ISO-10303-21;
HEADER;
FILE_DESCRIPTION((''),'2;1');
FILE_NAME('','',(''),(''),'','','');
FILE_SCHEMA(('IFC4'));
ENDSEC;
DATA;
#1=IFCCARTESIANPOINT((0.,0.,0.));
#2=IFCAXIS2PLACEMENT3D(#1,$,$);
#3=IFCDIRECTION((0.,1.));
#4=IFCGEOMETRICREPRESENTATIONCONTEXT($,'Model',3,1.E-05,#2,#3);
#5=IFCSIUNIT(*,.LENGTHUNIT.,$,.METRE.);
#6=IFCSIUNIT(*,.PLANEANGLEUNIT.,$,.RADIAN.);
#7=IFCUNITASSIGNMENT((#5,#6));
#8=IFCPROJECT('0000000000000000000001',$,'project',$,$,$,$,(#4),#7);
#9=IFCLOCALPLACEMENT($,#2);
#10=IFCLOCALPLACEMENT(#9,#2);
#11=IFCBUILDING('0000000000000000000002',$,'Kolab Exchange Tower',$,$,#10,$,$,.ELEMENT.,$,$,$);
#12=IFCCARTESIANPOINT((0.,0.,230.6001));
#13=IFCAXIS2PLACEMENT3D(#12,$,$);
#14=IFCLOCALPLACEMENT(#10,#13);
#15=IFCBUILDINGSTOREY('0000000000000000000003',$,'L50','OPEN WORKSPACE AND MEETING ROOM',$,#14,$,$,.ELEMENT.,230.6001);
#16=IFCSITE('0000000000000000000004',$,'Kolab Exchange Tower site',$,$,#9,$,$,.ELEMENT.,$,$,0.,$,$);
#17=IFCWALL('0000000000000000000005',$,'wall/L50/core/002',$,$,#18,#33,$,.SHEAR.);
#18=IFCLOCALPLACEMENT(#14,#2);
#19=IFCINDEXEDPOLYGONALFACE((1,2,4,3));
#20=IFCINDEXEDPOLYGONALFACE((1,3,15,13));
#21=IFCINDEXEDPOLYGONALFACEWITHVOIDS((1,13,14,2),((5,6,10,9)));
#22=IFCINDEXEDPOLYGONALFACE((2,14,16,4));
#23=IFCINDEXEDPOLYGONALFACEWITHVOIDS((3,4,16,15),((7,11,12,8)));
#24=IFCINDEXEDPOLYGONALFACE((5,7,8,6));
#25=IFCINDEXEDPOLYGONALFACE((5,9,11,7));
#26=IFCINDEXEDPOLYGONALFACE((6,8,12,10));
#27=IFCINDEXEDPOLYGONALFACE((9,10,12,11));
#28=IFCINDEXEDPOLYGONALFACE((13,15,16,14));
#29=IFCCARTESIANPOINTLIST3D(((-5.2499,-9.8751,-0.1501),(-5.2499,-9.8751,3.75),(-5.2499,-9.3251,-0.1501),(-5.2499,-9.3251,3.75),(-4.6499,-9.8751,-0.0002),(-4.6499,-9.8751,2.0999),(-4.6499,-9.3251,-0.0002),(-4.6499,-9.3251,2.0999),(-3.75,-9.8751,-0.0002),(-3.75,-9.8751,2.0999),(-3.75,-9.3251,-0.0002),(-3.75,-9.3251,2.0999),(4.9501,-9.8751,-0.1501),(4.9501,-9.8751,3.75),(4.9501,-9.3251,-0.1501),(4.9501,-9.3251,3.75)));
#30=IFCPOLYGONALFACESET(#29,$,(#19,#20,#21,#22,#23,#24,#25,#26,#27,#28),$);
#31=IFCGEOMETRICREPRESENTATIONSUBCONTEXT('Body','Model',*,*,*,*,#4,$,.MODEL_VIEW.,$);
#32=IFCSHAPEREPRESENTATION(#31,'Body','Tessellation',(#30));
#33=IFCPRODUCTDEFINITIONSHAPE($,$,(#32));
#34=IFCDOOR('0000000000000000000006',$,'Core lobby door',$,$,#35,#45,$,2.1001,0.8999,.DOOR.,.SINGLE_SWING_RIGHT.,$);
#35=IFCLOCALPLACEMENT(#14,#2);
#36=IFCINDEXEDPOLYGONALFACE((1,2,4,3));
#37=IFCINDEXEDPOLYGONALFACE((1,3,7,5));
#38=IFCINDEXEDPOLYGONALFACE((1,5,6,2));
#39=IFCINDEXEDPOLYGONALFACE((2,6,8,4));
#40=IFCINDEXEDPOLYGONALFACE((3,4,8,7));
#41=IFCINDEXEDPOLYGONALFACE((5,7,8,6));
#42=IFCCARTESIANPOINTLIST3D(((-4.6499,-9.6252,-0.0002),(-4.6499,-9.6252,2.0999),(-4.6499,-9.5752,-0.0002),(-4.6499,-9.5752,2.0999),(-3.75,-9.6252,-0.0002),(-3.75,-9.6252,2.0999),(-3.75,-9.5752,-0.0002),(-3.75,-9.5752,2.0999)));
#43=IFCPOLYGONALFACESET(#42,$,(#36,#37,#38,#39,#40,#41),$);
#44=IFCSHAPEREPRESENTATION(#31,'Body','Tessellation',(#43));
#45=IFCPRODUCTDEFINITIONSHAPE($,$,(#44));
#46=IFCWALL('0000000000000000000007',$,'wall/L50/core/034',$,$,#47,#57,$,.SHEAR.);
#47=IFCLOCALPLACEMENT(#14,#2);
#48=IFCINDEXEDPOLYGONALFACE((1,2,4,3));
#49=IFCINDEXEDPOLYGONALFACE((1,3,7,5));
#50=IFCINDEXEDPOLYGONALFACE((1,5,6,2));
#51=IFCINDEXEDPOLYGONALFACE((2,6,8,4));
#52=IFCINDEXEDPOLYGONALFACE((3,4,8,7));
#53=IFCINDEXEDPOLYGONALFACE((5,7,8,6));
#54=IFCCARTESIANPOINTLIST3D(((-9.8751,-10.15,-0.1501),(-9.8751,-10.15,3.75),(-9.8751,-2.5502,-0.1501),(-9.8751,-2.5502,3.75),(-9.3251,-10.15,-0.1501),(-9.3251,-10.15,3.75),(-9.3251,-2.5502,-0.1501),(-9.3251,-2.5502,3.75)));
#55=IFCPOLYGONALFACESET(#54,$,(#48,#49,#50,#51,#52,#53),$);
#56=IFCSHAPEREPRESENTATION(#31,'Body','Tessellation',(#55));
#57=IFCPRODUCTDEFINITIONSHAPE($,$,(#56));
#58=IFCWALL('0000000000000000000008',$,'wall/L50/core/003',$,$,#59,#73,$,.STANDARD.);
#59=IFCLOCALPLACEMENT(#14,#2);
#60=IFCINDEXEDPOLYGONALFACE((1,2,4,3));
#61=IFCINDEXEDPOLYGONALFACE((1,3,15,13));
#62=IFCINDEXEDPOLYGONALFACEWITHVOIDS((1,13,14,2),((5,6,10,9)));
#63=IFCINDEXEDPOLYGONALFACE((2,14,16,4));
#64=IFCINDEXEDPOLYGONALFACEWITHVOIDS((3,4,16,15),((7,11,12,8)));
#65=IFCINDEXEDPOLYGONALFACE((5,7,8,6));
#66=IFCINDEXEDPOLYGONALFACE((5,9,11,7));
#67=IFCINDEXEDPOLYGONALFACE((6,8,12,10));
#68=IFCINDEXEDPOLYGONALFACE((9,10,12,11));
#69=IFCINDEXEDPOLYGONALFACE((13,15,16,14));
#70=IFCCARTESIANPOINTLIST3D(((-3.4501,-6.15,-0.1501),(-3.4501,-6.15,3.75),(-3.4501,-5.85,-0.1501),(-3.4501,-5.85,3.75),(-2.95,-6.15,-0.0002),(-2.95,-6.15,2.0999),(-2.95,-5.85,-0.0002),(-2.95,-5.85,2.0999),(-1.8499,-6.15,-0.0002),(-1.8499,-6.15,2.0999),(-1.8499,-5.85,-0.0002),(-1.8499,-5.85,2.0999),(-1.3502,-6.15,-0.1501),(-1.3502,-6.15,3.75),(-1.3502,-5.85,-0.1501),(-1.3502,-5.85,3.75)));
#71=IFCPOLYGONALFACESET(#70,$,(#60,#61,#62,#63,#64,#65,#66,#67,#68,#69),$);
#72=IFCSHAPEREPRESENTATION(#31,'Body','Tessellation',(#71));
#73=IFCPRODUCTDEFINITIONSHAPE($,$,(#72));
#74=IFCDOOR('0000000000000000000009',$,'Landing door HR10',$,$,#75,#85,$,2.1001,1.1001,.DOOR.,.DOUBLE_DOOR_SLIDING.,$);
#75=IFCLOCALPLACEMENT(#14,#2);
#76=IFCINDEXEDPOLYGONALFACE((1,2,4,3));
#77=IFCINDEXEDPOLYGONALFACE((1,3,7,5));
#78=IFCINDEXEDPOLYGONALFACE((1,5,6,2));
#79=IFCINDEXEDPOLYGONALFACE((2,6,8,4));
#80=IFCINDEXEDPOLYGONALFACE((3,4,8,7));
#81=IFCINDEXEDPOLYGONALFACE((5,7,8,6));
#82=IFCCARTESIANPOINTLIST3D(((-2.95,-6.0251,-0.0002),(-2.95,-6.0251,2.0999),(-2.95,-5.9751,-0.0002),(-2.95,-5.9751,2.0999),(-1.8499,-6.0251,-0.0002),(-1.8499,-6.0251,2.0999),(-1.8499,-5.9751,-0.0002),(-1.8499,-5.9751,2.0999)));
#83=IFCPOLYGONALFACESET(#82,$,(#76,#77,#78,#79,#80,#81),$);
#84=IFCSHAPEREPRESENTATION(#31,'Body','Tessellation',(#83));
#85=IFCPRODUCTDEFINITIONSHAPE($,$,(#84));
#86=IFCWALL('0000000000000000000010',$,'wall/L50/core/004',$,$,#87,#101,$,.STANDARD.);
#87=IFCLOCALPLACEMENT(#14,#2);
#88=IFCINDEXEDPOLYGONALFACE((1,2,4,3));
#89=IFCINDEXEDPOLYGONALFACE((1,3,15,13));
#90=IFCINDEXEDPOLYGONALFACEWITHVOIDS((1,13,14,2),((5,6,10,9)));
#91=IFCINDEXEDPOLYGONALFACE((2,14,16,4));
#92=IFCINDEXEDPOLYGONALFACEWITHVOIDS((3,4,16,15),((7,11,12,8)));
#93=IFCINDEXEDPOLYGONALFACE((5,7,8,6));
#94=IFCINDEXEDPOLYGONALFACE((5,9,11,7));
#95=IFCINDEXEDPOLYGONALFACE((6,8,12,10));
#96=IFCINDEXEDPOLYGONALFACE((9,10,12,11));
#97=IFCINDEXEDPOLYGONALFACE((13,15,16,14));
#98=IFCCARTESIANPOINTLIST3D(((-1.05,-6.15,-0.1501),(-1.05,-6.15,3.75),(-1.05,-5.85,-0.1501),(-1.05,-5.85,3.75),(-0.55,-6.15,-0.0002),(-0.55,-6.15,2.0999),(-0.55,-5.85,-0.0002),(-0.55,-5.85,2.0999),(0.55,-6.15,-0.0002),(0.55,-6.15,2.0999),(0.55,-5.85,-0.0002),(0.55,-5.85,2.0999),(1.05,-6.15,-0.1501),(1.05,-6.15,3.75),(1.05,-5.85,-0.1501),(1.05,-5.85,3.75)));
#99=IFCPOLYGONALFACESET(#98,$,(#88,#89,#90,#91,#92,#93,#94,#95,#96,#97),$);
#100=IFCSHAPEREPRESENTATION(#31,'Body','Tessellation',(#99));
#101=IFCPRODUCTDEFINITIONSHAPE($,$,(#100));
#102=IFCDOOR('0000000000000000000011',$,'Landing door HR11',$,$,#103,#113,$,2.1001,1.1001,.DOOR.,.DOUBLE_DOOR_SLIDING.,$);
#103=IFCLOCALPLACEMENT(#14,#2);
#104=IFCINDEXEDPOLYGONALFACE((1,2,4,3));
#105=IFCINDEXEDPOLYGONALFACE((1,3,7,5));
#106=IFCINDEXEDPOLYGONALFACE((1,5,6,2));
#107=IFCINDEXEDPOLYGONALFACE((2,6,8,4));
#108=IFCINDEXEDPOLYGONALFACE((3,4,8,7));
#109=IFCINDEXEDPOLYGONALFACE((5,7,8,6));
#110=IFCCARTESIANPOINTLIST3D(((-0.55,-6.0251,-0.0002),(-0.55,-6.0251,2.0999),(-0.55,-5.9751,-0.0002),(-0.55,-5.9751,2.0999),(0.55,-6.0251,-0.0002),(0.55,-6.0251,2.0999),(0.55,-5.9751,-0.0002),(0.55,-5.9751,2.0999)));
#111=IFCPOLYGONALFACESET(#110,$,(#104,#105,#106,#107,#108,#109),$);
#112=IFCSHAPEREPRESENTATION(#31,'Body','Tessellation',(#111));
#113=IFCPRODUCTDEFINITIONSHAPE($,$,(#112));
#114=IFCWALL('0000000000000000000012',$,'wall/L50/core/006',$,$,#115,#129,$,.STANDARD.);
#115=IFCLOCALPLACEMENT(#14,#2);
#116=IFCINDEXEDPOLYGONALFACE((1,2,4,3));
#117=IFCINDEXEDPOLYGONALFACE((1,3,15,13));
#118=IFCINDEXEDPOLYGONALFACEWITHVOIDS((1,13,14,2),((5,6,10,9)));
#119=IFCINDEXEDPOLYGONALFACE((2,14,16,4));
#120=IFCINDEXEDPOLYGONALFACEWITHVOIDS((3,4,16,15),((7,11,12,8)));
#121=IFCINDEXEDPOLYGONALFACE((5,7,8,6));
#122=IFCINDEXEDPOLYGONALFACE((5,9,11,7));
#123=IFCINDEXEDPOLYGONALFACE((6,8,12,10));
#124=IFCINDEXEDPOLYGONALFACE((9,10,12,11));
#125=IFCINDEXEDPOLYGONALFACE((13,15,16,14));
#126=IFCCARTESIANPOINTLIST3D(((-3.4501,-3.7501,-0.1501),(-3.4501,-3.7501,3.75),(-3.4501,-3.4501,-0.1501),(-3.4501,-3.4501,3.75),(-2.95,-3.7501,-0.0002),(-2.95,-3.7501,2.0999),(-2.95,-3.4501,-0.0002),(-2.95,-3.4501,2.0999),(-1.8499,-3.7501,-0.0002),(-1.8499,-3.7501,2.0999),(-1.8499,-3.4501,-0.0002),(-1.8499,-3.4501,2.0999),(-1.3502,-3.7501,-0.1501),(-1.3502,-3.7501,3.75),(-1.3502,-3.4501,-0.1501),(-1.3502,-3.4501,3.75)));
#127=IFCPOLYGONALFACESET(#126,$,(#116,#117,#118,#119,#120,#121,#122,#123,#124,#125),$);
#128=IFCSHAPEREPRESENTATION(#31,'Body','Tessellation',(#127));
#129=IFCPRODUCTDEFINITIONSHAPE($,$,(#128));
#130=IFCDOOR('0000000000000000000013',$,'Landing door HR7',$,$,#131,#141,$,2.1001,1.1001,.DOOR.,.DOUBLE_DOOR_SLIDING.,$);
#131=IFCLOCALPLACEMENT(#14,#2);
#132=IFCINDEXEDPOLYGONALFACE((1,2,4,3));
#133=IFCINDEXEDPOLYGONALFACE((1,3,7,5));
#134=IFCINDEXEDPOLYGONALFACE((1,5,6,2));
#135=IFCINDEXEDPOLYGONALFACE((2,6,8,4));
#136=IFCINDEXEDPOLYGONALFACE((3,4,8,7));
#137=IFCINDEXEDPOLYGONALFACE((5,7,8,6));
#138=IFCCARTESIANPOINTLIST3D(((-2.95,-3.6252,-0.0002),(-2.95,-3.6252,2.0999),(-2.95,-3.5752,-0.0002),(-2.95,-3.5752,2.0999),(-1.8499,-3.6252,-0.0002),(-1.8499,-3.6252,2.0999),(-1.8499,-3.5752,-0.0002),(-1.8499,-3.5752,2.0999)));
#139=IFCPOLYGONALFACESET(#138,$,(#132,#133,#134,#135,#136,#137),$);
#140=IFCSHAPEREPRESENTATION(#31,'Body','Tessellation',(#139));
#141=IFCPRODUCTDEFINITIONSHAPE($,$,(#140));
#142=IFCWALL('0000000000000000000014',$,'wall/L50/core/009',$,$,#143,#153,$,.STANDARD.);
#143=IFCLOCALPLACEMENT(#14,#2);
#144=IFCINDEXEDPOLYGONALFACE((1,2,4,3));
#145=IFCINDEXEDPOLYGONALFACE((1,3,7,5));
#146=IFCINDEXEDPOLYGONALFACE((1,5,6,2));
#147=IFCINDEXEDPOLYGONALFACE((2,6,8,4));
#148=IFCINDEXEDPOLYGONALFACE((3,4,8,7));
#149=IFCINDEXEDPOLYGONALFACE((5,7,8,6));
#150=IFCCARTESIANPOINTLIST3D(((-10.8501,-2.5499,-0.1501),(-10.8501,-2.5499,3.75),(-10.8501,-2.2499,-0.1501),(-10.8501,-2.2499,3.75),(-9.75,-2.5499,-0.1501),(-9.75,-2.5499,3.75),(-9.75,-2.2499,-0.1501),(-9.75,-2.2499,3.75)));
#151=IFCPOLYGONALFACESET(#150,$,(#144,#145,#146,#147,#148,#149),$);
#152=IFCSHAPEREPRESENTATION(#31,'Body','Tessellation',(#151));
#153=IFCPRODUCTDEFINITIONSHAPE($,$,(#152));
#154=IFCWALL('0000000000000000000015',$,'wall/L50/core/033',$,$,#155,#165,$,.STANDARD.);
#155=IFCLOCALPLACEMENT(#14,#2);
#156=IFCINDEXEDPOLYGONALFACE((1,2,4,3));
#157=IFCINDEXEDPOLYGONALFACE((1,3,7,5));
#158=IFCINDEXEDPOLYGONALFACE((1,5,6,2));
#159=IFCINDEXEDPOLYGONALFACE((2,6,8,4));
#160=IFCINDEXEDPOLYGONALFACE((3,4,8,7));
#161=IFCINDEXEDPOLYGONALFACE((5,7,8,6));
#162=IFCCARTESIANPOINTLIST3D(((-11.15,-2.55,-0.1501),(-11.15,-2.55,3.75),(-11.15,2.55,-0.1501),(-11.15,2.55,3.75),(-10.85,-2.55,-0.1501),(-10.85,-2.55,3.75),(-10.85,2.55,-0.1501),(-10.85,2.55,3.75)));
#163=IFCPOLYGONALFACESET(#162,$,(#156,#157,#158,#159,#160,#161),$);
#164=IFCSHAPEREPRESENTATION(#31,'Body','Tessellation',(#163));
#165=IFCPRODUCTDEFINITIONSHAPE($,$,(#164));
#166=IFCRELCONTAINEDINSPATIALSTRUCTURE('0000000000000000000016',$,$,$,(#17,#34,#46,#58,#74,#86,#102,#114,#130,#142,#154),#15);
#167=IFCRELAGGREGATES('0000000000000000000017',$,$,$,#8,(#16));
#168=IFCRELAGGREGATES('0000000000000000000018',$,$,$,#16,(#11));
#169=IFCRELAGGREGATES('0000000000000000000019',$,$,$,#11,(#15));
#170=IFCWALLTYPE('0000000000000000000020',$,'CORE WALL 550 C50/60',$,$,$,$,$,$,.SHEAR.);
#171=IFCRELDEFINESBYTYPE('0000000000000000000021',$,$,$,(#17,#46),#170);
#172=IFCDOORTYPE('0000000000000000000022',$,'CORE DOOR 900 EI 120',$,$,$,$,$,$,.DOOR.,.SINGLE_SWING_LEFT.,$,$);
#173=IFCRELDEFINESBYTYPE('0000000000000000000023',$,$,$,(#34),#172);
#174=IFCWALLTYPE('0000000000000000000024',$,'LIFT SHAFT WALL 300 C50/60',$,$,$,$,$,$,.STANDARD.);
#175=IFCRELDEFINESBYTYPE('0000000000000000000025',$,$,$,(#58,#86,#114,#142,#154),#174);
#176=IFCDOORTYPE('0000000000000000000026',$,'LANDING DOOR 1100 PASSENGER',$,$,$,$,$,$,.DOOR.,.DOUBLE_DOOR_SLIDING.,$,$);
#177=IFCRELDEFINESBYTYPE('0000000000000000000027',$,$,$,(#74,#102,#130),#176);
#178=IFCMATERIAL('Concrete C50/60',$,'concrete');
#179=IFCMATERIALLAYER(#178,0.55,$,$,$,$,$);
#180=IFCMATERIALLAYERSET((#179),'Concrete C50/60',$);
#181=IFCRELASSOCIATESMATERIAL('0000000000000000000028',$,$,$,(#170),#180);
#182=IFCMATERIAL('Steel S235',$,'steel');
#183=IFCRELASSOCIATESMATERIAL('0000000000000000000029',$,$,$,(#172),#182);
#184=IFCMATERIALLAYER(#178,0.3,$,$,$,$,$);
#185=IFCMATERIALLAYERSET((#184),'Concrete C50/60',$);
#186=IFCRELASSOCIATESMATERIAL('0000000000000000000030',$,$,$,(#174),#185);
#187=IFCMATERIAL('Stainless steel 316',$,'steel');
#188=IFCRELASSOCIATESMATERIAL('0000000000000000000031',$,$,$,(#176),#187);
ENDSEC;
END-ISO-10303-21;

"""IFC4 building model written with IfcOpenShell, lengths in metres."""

from ifc_helpers import new_model, si_unit, direction, frame, frame_2d, origin, place, context, subcontext, project, spatial, rectangle, extrude, material, layer, layer_set, type_object, element, fill, save


model = new_model("IFC4")

# Units and contexts
model_context = context("Model", 3, precision=1e-05, world=origin(), true_north=direction((0.0, 1.0)))
body_context = subcontext(model_context, "Body", "Model", "MODEL_VIEW")
ifc_project = project(units=[si_unit("LENGTHUNIT", "METRE"), si_unit("PLANEANGLEUNIT", "RADIAN")], contexts=[model_context])

# Site, building, storey
site_placement = place(None, origin())
site = spatial("IfcSite", under=ifc_project, at=site_placement, Name="Kolab Exchange Tower site", CompositionType="ELEMENT", RefElevation=0.0)
building_placement = place(site_placement, origin())
building = spatial("IfcBuilding", under=site, at=building_placement, Name="Kolab Exchange Tower", CompositionType="ELEMENT")
storey_placement = place(building_placement, frame((0.0, 0.0, 230.6001)))
storey = spatial("IfcBuildingStorey", under=building, at=storey_placement, Name="L50", Description="OPEN WORKSPACE AND MEETING ROOM", CompositionType="ELEMENT", Elevation=230.6001)

# Wall, opening, door
ifc_material_1 = material(Name="Concrete C50/60", Category="concrete")
ifc_layer_1 = layer(ifc_material_1, 0.55)
ifc_layer_set_1 = layer_set([ifc_layer_1], Name="Concrete C50/60")
wall_type_1 = type_object("IfcWallType", Name="CORE WALL 550 C50/60", PredefinedType="SHEAR", material=ifc_layer_set_1)
wall_1_placement = place(storey_placement, frame((-5.25, -9.6001, -0.1501), z_axis=(0.0, 0.0, 1.0), x_axis=(1.0, 0.0, 0.0)))
wall_1 = element("IfcWall", 1, at=wall_1_placement, inside=storey, type_object=wall_type_1, Name="wall/L50/core/002", PredefinedType="SHEAR", context=body_context, shape_type="SweptSolid", body=[
    extrude(rectangle(XDim=10.2, YDim=0.55, at=frame_2d((5.1001, 0.0))), origin(), (0.0, 0.0, 1.0), 3.9001),
])
opening_1_placement = place(wall_1_placement, frame((0.6001, 0.0, 0.1499)))
opening_1 = element("IfcOpeningElement", 2, at=opening_1_placement, cuts=wall_1, PredefinedType="OPENING", context=body_context, shape_type="SweptSolid", body=[
    extrude(rectangle(XDim=0.8999, YDim=2.1001, at=frame_2d((0.45, 1.05))), frame((0.0, 0.2852, 0.0), z_axis=(0.0, -1.0, 0.0), x_axis=(1.0, 0.0, 0.0)), (0.0, 0.0, 1.0), 0.5701),
])
ifc_material_2 = material(Name="Steel S235", Category="steel")
door_type_1 = type_object("IfcDoorType", Name="CORE DOOR 900 EI 120", OperationType="SINGLE_SWING_LEFT", PredefinedType="DOOR", material=ifc_material_2)
door_1_placement = place(opening_1_placement, origin())
door_1 = element("IfcDoor", 3, at=door_1_placement, inside=storey, type_object=door_type_1, Name="Core lobby door", OperationType="SINGLE_SWING_RIGHT", OverallHeight=2.1001, OverallWidth=0.8999, PredefinedType="DOOR", context=body_context, shape_type="SweptSolid", body=[
    extrude(rectangle(XDim=0.8999, YDim=2.1001, at=frame_2d((0.45, 1.05))), frame((0.0, 0.0249, 0.0), z_axis=(0.0, -1.0, 0.0), x_axis=(1.0, 0.0, 0.0)), (0.0, 0.0, 1.0), 0.05),
])
fill(opening_1, door_1)

# Wall
wall_2_placement = place(storey_placement, frame((-9.6001, -10.1499, -0.1501), z_axis=(0.0, 0.0, 1.0), x_axis=(0.0, 1.0, 0.0)))
element("IfcWall", 4, at=wall_2_placement, inside=storey, type_object=wall_type_1, Name="wall/L50/core/034", PredefinedType="SHEAR", context=body_context, shape_type="SweptSolid", body=[
    extrude(rectangle(XDim=7.5999, YDim=0.55, at=frame_2d((3.7998, 0.0))), origin(), (0.0, 0.0, 1.0), 3.9001),
])

# Walls, openings, doors
ifc_layer_2 = layer(ifc_material_1, 0.3)
ifc_layer_set_2 = layer_set([ifc_layer_2], Name="Concrete C50/60")
wall_type_2 = type_object("IfcWallType", Name="LIFT SHAFT WALL 300 C50/60", PredefinedType="STANDARD", material=ifc_layer_set_2)
wall_3_placement = place(storey_placement, frame((-3.45, -6.0, -0.1501), z_axis=(0.0, 0.0, 1.0), x_axis=(1.0, 0.0, 0.0)))
wall_3 = element("IfcWall", 5, at=wall_3_placement, inside=storey, type_object=wall_type_2, Name="wall/L50/core/003", PredefinedType="STANDARD", context=body_context, shape_type="SweptSolid", body=[
    extrude(rectangle(XDim=2.0999, YDim=0.3, at=frame_2d((1.0498, 0.0))), origin(), (0.0, 0.0, 1.0), 3.9001),
])
opening_2_placement = place(wall_3_placement, frame((0.5, 0.0, 0.1499)))
opening_2 = element("IfcOpeningElement", 6, at=opening_2_placement, cuts=wall_3, PredefinedType="OPENING", context=body_context, shape_type="SweptSolid", body=[
    extrude(rectangle(XDim=1.1001, YDim=2.1001, at=frame_2d((0.55, 1.05))), frame((0.0, 0.1602, 0.0), z_axis=(0.0, -1.0, 0.0), x_axis=(1.0, 0.0, 0.0)), (0.0, 0.0, 1.0), 0.3201),
])
ifc_material_3 = material(Name="Stainless steel 316", Category="steel")
door_type_2 = type_object("IfcDoorType", Name="LANDING DOOR 1100 PASSENGER", OperationType="DOUBLE_DOOR_SLIDING", PredefinedType="DOOR", material=ifc_material_3)
door_2_placement = place(opening_2_placement, origin())
door_2 = element("IfcDoor", 7, at=door_2_placement, inside=storey, type_object=door_type_2, Name="Landing door HR10", OperationType="DOUBLE_DOOR_SLIDING", OverallHeight=2.1001, OverallWidth=1.1001, PredefinedType="DOOR", context=body_context, shape_type="SweptSolid", body=[
    extrude(rectangle(XDim=1.1001, YDim=2.1001, at=frame_2d((0.55, 1.05))), frame((0.0, 0.0249, 0.0), z_axis=(0.0, -1.0, 0.0), x_axis=(1.0, 0.0, 0.0)), (0.0, 0.0, 1.0), 0.05),
])
fill(opening_2, door_2)
wall_4_placement = place(storey_placement, frame((-1.05, -6.0, -0.1501), z_axis=(0.0, 0.0, 1.0), x_axis=(1.0, 0.0, 0.0)))
wall_4 = element("IfcWall", 8, at=wall_4_placement, inside=storey, type_object=wall_type_2, Name="wall/L50/core/004", PredefinedType="STANDARD", context=body_context, shape_type="SweptSolid", body=[
    extrude(rectangle(XDim=2.1001, YDim=0.3, at=frame_2d((1.05, 0.0))), origin(), (0.0, 0.0, 1.0), 3.9001),
])
opening_3_placement = place(wall_4_placement, frame((0.5, 0.0, 0.1499)))
opening_3 = element("IfcOpeningElement", 9, at=opening_3_placement, cuts=wall_4, PredefinedType="OPENING", context=body_context, shape_type="SweptSolid", body=[
    extrude(rectangle(XDim=1.1001, YDim=2.1001, at=frame_2d((0.55, 1.05))), frame((0.0, 0.1602, 0.0), z_axis=(0.0, -1.0, 0.0), x_axis=(1.0, 0.0, 0.0)), (0.0, 0.0, 1.0), 0.3201),
])
door_3_placement = place(opening_3_placement, origin())
door_3 = element("IfcDoor", 10, at=door_3_placement, inside=storey, type_object=door_type_2, Name="Landing door HR11", OperationType="DOUBLE_DOOR_SLIDING", OverallHeight=2.1001, OverallWidth=1.1001, PredefinedType="DOOR", context=body_context, shape_type="SweptSolid", body=[
    extrude(rectangle(XDim=1.1001, YDim=2.1001, at=frame_2d((0.55, 1.05))), frame((0.0, 0.0249, 0.0), z_axis=(0.0, -1.0, 0.0), x_axis=(1.0, 0.0, 0.0)), (0.0, 0.0, 1.0), 0.05),
])
fill(opening_3, door_3)
wall_5_placement = place(storey_placement, frame((-3.45, -3.6001, -0.1501), z_axis=(0.0, 0.0, 1.0), x_axis=(1.0, 0.0, 0.0)))
wall_5 = element("IfcWall", 11, at=wall_5_placement, inside=storey, type_object=wall_type_2, Name="wall/L50/core/006", PredefinedType="STANDARD", context=body_context, shape_type="SweptSolid", body=[
    extrude(rectangle(XDim=2.0999, YDim=0.3, at=frame_2d((1.0498, 0.0))), origin(), (0.0, 0.0, 1.0), 3.9001),
])
opening_4_placement = place(wall_5_placement, frame((0.5, 0.0, 0.1499)))
opening_4 = element("IfcOpeningElement", 12, at=opening_4_placement, cuts=wall_5, PredefinedType="OPENING", context=body_context, shape_type="SweptSolid", body=[
    extrude(rectangle(XDim=1.1001, YDim=2.1001, at=frame_2d((0.55, 1.05))), frame((0.0, 0.1602, 0.0), z_axis=(0.0, -1.0, 0.0), x_axis=(1.0, 0.0, 0.0)), (0.0, 0.0, 1.0), 0.3201),
])
door_4_placement = place(opening_4_placement, origin())
door_4 = element("IfcDoor", 13, at=door_4_placement, inside=storey, type_object=door_type_2, Name="Landing door HR7", OperationType="DOUBLE_DOOR_SLIDING", OverallHeight=2.1001, OverallWidth=1.1001, PredefinedType="DOOR", context=body_context, shape_type="SweptSolid", body=[
    extrude(rectangle(XDim=1.1001, YDim=2.1001, at=frame_2d((0.55, 1.05))), frame((0.0, 0.0249, 0.0), z_axis=(0.0, -1.0, 0.0), x_axis=(1.0, 0.0, 0.0)), (0.0, 0.0, 1.0), 0.05),
])
fill(opening_4, door_4)

# Walls
wall_6_placement = place(storey_placement, frame((-10.8501, -2.3999, -0.1501), z_axis=(0.0, 0.0, 1.0), x_axis=(1.0, 0.0, 0.0)))
element("IfcWall", 14, at=wall_6_placement, inside=storey, type_object=wall_type_2, Name="wall/L50/core/009", PredefinedType="STANDARD", context=body_context, shape_type="SweptSolid", body=[
    extrude(rectangle(XDim=1.1001, YDim=0.3, at=frame_2d((0.55, 0.0))), origin(), (0.0, 0.0, 1.0), 3.9001),
])
wall_7_placement = place(storey_placement, frame((-11.0, -2.55, -0.1501), z_axis=(0.0, 0.0, 1.0), x_axis=(0.0, 1.0, 0.0)))
element("IfcWall", 15, at=wall_7_placement, inside=storey, type_object=wall_type_2, Name="wall/L50/core/033", PredefinedType="STANDARD", context=body_context, shape_type="SweptSolid", body=[
    extrude(rectangle(XDim=5.1001, YDim=0.3, at=frame_2d((2.55, 0.0))), origin(), (0.0, 0.0, 1.0), 3.9001),
])

save(model, "model.ifc")
